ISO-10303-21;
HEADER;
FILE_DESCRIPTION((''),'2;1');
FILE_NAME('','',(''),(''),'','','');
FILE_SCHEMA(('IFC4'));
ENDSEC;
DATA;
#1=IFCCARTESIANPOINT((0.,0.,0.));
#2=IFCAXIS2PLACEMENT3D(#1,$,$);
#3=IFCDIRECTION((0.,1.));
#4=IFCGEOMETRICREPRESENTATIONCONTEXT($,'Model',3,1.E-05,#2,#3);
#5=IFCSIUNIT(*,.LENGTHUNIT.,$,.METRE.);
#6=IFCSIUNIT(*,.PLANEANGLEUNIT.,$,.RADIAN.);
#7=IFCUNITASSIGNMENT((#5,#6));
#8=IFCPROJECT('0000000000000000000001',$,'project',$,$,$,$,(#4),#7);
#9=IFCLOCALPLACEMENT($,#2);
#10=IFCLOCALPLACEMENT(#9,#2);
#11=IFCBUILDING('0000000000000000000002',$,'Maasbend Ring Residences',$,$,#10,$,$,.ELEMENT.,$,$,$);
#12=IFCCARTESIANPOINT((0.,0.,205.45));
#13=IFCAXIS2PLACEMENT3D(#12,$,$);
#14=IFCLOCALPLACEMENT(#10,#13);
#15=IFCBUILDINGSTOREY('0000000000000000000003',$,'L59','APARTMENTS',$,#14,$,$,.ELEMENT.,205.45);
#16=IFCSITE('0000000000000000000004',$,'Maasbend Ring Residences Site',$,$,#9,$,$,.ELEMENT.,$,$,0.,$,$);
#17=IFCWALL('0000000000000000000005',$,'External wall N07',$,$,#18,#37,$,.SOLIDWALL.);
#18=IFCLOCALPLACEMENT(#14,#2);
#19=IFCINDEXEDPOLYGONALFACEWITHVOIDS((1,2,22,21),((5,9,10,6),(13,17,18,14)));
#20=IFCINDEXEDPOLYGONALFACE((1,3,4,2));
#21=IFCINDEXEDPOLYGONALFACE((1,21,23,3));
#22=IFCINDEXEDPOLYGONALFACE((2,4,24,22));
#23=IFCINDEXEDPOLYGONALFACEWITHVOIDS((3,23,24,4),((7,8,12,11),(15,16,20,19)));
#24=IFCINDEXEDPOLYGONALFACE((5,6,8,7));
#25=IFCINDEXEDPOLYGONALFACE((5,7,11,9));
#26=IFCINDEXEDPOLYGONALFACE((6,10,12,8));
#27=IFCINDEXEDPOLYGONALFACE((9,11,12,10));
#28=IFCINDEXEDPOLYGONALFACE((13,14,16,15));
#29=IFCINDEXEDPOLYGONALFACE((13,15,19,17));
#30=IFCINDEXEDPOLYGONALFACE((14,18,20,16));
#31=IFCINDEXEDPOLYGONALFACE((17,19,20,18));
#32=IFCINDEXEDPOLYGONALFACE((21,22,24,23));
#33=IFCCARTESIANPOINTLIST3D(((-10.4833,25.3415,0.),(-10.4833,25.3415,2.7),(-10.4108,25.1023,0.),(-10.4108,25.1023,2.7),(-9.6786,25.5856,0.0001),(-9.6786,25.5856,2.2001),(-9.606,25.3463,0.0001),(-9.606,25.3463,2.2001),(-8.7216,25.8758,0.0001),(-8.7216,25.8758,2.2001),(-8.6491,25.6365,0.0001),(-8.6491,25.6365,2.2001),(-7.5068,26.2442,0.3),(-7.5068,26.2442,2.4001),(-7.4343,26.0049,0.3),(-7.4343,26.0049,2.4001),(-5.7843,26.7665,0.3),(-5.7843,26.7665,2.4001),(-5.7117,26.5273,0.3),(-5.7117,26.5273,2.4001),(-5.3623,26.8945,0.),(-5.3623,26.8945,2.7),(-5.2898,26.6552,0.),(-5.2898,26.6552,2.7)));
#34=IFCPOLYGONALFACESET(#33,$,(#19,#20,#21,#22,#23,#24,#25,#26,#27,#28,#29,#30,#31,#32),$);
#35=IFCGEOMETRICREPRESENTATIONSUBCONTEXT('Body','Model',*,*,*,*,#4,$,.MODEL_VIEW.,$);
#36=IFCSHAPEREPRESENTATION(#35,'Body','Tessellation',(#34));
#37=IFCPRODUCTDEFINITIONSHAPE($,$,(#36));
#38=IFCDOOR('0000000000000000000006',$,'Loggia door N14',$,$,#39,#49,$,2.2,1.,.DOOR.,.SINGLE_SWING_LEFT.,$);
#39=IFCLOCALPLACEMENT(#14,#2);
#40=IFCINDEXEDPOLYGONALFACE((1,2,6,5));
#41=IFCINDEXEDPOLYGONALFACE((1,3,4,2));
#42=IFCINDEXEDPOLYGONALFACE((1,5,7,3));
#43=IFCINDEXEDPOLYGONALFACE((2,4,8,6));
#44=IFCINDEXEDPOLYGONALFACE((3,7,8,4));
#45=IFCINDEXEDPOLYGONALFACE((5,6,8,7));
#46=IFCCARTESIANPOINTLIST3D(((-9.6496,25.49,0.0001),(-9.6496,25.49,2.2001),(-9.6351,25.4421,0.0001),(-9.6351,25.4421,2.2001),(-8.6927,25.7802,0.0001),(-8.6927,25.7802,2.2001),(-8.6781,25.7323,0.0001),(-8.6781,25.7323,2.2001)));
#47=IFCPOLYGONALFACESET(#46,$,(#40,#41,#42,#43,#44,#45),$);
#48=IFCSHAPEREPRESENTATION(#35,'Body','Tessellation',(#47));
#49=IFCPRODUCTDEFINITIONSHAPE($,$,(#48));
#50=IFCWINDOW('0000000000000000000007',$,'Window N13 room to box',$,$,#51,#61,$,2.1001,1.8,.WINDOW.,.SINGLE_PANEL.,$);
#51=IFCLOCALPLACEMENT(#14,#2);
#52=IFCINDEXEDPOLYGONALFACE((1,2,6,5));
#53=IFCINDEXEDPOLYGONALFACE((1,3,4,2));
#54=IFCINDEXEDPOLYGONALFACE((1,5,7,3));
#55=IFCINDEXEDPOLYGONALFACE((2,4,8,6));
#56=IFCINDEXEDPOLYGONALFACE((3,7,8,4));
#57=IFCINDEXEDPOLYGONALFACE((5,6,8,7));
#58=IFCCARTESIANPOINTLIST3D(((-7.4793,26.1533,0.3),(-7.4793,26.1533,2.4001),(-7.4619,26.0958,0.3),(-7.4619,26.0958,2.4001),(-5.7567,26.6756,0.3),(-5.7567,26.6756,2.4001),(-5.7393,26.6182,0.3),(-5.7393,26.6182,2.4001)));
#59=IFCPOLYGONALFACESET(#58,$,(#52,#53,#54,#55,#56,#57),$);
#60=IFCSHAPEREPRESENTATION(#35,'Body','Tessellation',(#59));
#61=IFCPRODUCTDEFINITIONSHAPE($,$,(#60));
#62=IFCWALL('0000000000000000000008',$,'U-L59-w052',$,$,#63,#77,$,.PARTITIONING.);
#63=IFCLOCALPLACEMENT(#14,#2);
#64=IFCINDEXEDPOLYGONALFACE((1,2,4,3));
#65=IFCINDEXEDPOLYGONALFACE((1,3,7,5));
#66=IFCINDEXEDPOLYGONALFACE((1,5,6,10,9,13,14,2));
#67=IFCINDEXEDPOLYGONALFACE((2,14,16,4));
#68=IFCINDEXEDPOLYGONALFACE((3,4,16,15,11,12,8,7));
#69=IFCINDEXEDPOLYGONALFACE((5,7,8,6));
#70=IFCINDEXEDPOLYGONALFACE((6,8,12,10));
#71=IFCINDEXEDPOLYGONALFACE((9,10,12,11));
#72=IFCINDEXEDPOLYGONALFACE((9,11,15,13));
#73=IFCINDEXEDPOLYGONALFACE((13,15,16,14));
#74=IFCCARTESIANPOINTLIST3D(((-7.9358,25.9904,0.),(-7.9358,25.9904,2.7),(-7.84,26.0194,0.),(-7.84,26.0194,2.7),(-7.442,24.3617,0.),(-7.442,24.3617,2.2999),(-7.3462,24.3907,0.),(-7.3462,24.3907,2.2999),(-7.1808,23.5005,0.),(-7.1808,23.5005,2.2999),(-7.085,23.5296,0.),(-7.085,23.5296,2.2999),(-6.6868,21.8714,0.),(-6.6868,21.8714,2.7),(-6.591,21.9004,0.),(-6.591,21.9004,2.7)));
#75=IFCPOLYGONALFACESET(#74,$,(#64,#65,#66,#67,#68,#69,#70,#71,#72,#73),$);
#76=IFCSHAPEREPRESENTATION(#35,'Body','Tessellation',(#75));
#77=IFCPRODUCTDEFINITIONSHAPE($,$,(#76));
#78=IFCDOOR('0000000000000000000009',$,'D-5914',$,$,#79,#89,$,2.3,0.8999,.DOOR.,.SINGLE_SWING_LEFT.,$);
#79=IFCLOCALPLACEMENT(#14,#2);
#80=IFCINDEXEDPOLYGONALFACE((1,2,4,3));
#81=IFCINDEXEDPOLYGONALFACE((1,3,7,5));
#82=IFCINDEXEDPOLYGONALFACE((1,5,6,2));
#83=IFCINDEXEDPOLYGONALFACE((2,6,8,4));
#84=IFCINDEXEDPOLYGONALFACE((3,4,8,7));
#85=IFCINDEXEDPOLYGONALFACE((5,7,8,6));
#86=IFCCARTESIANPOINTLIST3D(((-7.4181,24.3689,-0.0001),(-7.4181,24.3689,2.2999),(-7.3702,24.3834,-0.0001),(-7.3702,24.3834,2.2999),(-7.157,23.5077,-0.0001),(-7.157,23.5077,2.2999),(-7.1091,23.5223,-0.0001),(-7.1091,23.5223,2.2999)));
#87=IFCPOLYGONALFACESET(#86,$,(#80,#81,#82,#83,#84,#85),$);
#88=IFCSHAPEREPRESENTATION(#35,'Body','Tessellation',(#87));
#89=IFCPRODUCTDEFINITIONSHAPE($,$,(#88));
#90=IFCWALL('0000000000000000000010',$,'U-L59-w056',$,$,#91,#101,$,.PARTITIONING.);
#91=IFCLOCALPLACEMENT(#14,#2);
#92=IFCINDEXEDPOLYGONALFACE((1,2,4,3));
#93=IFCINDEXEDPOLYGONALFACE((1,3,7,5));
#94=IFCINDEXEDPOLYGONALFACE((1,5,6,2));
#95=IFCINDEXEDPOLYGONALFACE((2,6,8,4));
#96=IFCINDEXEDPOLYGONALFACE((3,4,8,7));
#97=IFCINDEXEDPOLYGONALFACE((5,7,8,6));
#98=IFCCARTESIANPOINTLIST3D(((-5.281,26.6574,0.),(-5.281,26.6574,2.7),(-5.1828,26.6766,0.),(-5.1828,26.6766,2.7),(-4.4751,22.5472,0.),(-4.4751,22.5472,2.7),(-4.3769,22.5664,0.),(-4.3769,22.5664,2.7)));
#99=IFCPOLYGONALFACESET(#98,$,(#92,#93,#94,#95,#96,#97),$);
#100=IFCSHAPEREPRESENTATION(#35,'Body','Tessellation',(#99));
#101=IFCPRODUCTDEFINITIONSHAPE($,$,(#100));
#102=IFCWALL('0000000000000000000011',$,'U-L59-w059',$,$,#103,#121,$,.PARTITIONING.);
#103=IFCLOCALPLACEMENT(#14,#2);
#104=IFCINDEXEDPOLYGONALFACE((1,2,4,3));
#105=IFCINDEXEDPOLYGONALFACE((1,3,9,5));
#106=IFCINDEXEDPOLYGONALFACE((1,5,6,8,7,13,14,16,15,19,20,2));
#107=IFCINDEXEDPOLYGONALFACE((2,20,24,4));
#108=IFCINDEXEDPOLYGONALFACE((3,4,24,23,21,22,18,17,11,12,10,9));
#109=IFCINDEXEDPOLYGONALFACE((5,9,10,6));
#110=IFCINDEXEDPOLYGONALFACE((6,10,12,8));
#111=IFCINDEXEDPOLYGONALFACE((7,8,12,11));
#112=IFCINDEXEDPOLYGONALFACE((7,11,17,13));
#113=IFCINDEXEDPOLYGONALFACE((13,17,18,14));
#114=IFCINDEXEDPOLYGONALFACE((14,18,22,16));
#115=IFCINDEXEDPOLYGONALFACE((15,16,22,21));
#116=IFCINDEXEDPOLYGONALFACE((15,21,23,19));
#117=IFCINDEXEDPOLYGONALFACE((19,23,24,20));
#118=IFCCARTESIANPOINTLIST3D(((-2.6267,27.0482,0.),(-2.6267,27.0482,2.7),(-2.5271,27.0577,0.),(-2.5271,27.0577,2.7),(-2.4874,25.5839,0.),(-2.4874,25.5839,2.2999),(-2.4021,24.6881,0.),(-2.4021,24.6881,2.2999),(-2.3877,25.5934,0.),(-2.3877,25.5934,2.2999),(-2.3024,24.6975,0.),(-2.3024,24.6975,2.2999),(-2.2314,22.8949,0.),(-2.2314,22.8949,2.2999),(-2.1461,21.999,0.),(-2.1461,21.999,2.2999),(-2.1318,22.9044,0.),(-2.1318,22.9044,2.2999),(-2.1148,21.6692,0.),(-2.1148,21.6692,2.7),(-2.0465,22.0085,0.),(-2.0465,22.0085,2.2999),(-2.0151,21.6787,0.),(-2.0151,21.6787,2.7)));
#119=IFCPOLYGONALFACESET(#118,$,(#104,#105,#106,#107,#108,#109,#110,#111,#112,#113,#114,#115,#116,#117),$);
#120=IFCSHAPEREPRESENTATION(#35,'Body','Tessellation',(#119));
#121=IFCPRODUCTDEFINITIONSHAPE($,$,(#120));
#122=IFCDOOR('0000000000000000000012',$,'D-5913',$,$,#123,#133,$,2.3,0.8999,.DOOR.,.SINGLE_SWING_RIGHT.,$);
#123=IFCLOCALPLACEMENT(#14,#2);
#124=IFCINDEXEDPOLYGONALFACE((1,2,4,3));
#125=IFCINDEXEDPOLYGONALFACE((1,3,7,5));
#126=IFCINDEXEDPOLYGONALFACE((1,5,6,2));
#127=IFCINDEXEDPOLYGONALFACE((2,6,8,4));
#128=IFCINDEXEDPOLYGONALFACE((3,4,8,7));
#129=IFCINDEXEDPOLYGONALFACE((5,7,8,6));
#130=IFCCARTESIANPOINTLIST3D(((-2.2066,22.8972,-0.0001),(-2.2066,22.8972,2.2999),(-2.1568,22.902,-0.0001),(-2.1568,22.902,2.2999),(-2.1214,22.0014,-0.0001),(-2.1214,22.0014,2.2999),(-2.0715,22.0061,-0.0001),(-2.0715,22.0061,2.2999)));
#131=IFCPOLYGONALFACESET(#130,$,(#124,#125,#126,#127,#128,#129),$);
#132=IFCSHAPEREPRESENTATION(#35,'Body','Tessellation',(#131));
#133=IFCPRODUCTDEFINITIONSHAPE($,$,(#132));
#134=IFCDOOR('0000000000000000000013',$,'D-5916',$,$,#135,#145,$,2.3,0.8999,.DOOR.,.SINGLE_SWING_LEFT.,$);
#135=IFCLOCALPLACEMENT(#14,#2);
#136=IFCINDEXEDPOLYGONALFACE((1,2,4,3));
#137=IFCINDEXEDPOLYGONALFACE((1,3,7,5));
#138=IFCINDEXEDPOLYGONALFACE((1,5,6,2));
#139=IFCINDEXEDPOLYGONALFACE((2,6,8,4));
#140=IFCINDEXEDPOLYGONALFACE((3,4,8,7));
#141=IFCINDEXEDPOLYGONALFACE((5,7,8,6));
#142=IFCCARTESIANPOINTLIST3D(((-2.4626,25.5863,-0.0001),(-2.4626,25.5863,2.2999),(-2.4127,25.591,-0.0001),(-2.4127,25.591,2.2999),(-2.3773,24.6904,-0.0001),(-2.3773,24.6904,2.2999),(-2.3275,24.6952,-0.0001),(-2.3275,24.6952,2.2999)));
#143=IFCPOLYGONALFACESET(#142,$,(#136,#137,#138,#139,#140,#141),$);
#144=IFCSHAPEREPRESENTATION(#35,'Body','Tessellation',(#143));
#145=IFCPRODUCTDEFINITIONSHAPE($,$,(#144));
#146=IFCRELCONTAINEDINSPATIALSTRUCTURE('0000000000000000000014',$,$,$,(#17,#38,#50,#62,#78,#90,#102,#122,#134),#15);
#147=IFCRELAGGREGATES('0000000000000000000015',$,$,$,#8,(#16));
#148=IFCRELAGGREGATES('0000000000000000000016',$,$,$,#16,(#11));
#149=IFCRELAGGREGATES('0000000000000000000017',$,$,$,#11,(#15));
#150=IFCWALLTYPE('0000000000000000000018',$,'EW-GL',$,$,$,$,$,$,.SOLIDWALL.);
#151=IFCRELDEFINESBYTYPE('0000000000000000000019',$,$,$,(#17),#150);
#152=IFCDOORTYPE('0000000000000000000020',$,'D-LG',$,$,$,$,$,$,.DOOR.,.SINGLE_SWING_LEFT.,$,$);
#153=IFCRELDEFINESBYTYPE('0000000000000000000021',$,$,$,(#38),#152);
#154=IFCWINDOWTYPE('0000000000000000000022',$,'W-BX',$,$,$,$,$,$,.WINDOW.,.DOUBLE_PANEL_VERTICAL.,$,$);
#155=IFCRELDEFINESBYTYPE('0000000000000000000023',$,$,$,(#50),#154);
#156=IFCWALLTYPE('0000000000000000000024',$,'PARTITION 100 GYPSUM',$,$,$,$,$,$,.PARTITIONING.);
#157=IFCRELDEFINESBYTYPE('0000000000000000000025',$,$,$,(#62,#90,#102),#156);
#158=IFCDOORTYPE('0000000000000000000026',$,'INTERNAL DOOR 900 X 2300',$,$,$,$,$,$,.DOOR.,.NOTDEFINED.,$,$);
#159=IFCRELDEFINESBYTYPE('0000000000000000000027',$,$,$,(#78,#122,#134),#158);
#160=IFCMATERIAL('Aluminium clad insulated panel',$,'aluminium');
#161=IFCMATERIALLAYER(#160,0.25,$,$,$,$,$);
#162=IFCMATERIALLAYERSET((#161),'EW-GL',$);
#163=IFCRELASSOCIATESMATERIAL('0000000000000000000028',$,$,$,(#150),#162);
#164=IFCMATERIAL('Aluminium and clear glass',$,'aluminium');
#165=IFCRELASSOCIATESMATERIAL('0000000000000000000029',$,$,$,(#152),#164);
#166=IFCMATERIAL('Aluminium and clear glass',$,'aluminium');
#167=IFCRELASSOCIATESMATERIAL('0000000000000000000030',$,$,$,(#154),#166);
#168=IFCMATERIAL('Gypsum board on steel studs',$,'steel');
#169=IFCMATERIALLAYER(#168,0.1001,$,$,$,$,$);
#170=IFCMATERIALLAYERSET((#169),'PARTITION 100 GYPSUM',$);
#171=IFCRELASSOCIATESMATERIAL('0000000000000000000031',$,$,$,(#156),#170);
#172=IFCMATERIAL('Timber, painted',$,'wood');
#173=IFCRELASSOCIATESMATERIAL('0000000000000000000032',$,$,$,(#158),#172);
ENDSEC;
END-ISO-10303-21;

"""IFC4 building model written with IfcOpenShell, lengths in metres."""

from ifc_helpers import new_model, si_unit, direction, frame, frame_2d, origin, place, context, subcontext, project, spatial, rectangle, extrude, material, layer, layer_set, type_object, element, fill, save


model = new_model("IFC4")

# Units and contexts
model_context = context("Model", 3, precision=1e-05, world=origin(), true_north=direction((0.0, 1.0)))
body_context = subcontext(model_context, "Body", "Model", "MODEL_VIEW")
ifc_project = project(units=[si_unit("LENGTHUNIT", "METRE"), si_unit("PLANEANGLEUNIT", "RADIAN")], contexts=[model_context])

# Site, building, storey
site_placement = place(None, origin())
site = spatial("IfcSite", under=ifc_project, at=site_placement, Name="Maasbend Ring Residences Site", CompositionType="ELEMENT", RefElevation=0.0)
building_placement = place(site_placement, origin())
building = spatial("IfcBuilding", under=site, at=building_placement, Name="Maasbend Ring Residences", CompositionType="ELEMENT")
storey_placement = place(building_placement, frame((0.0, 0.0, 205.45)))
storey = spatial("IfcBuildingStorey", under=building, at=storey_placement, Name="L59", Description="APARTMENTS", CompositionType="ELEMENT", Elevation=205.45)

# Wall, openings, door, window
ifc_material_1 = material(Name="Aluminium clad insulated panel", Category="aluminium")
ifc_layer_1 = layer(ifc_material_1, 0.25)
ifc_layer_set_1 = layer_set([ifc_layer_1], Name="EW-GL")
wall_type_1 = type_object("IfcWallType", Name="EW-GL", PredefinedType="SOLIDWALL", material=ifc_layer_set_1)
wall_1_placement = place(storey_placement, frame((-5.3259, 26.7749, 0.0), z_axis=(0.0, 0.0, 1.0), x_axis=(-0.956966, -0.290201, 0.0)))
wall_1 = element("IfcWall", 1, at=wall_1_placement, inside=storey, type_object=wall_type_1, Name="External wall N07", PredefinedType="SOLIDWALL", context=body_context, shape_type="SweptSolid", body=[
    extrude(rectangle(XDim=5.3513, YDim=0.25, at=frame_2d((2.6758, 0.0))), origin(), (0.0, 0.0, 1.0), 2.7),
])
opening_1_placement = place(wall_1_placement, frame((0.4412, 0.0, 0.3)))
opening_1 = element("IfcOpeningElement", 2, at=opening_1_placement, cuts=wall_1, PredefinedType="OPENING", context=body_context, shape_type="SweptSolid", body=[
    extrude(rectangle(XDim=1.8, YDim=2.1001, at=frame_2d((0.8999, 1.05))), frame((0.0, 0.135, 0.0), z_axis=(0.0, -1.0, 0.0), x_axis=(1.0, 0.0, 0.0)), (0.0, 0.0, 1.0), 0.27),
])
opening_2_placement = place(wall_1_placement, frame((3.5105, 0.0, 0.0)))
opening_2 = element("IfcOpeningElement", 3, at=opening_2_placement, cuts=wall_1, PredefinedType="OPENING", context=body_context, shape_type="SweptSolid", body=[
    extrude(rectangle(XDim=1.0, YDim=2.2, at=frame_2d((0.5, 1.1001))), frame((0.0, 0.135, 0.0), z_axis=(0.0, -1.0, 0.0), x_axis=(1.0, 0.0, 0.0)), (0.0, 0.0, 1.0), 0.27),
])
ifc_material_2 = material(Name="Aluminium and clear glass", Category="aluminium")
door_type_1 = type_object("IfcDoorType", Name="D-LG", OperationType="SINGLE_SWING_LEFT", PredefinedType="DOOR", material=ifc_material_2)
door_1_placement = place(opening_2_placement, origin())
door_1 = element("IfcDoor", 4, at=door_1_placement, inside=storey, type_object=door_type_1, Name="Loggia door N14", OperationType="SINGLE_SWING_LEFT", OverallHeight=2.2, OverallWidth=1.0, PredefinedType="DOOR", context=body_context, shape_type="SweptSolid", body=[
    extrude(rectangle(XDim=1.0, YDim=2.2, at=frame_2d((0.5, 1.1001))), frame((0.0, 0.0249, 0.0), z_axis=(0.0, -1.0, 0.0), x_axis=(1.0, 0.0, 0.0)), (0.0, 0.0, 1.0), 0.05),
])
fill(opening_2, door_1)
ifc_material_3 = material(Name="Aluminium and clear glass", Category="aluminium")
window_type_1 = type_object("IfcWindowType", Name="W-BX", PartitioningType="DOUBLE_PANEL_VERTICAL", PredefinedType="WINDOW", material=ifc_material_3)
window_1_placement = place(opening_1_placement, origin())
window_1 = element("IfcWindow", 5, at=window_1_placement, inside=storey, type_object=window_type_1, Name="Window N13 room to box", OverallHeight=2.1001, OverallWidth=1.8, PartitioningType="SINGLE_PANEL", PredefinedType="WINDOW", context=body_context, shape_type="SweptSolid", body=[
    extrude(rectangle(XDim=1.8, YDim=2.1001, at=frame_2d((0.8999, 1.05))), frame((0.0, 0.03, 0.0), z_axis=(0.0, -1.0, 0.0), x_axis=(1.0, 0.0, 0.0)), (0.0, 0.0, 1.0), 0.0601),
])
fill(opening_1, window_1)

# Wall, opening, door
ifc_material_4 = material(Name="Gypsum board on steel studs", Category="steel")
ifc_layer_2 = layer(ifc_material_4, 0.1001)
ifc_layer_set_2 = layer_set([ifc_layer_2], Name="PARTITION 100 GYPSUM")
wall_type_2 = type_object("IfcWallType", Name="PARTITION 100 GYPSUM", PredefinedType="PARTITIONING", material=ifc_layer_set_2)
wall_2_placement = place(storey_placement, frame((-7.8879, 26.0049, 0.0), z_axis=(0.0, 0.0, 1.0), x_axis=(0.290193, -0.956968, 0.0)))
wall_2 = element("IfcWall", 6, at=wall_2_placement, inside=storey, type_object=wall_type_2, Name="U-L59-w052", PredefinedType="PARTITIONING", context=body_context, shape_type="SweptSolid", body=[
    extrude(rectangle(XDim=4.3042, YDim=0.1001, at=frame_2d((2.1521, 0.0))), origin(), (0.0, 0.0, 1.0), 2.7),
])
opening_3_placement = place(wall_2_placement, frame((1.7019, 0.0, 0.0)))
opening_3 = element("IfcOpeningElement", 7, at=opening_3_placement, cuts=wall_2, PredefinedType="OPENING", context=body_context, shape_type="SweptSolid", body=[
    extrude(rectangle(XDim=0.8999, YDim=2.3, at=frame_2d((0.45, 1.1499))), frame((0.0, 0.0601, 0.0), z_axis=(0.0, -1.0, 0.0), x_axis=(1.0, 0.0, 0.0)), (0.0, 0.0, 1.0), 0.1201),
])
ifc_material_5 = material(Name="Timber, painted", Category="wood")
door_type_2 = type_object("IfcDoorType", Name="INTERNAL DOOR 900 X 2300", OperationType="NOTDEFINED", PredefinedType="DOOR", material=ifc_material_5)
door_2_placement = place(opening_3_placement, origin())
door_2 = element("IfcDoor", 8, at=door_2_placement, inside=storey, type_object=door_type_2, Name="D-5914", OperationType="SINGLE_SWING_LEFT", OverallHeight=2.3, OverallWidth=0.8999, PredefinedType="DOOR", context=body_context, shape_type="SweptSolid", body=[
    extrude(rectangle(XDim=0.8999, YDim=2.3, at=frame_2d((0.45, 1.1499))), frame((0.0, 0.0249, 0.0), z_axis=(0.0, -1.0, 0.0), x_axis=(1.0, 0.0, 0.0)), (0.0, 0.0, 1.0), 0.05),
])
fill(opening_3, door_2)

# Wall
wall_3_placement = place(storey_placement, frame((-5.2319, 26.667, 0.0), z_axis=(0.0, 0.0, 1.0), x_axis=(0.192416, -0.981314, 0.0)))
element("IfcWall", 9, at=wall_3_placement, inside=storey, type_object=wall_type_2, Name="U-L59-w056", PredefinedType="PARTITIONING", context=body_context, shape_type="SweptSolid", body=[
    extrude(rectangle(XDim=4.1885, YDim=0.1001, at=frame_2d((2.0942, 0.0))), origin(), (0.0, 0.0, 1.0), 2.7),
])

# Wall, openings, doors
wall_4_placement = place(storey_placement, frame((-2.5769, 27.053, 0.0), z_axis=(0.0, 0.0, 1.0), x_axis=(0.094752, -0.995501, 0.0)))
wall_4 = element("IfcWall", 10, at=wall_4_placement, inside=storey, type_object=wall_type_2, Name="U-L59-w059", PredefinedType="PARTITIONING", context=body_context, shape_type="SweptSolid", body=[
    extrude(rectangle(XDim=5.4033, YDim=0.1001, at=frame_2d((2.7017, 0.0))), origin(), (0.0, 0.0, 1.0), 2.7),
])
opening_4_placement = place(wall_4_placement, frame((4.1721, 0.0, 0.0)))
opening_4 = element("IfcOpeningElement", 11, at=opening_4_placement, cuts=wall_4, PredefinedType="OPENING", context=body_context, shape_type="SweptSolid", body=[
    extrude(rectangle(XDim=0.8999, YDim=2.3, at=frame_2d((0.45, 1.1499))), frame((0.0, 0.0601, 0.0), z_axis=(0.0, -1.0, 0.0), x_axis=(1.0, 0.0, 0.0)), (0.0, 0.0, 1.0), 0.1201),
])
opening_5_placement = place(wall_4_placement, frame((1.4709, 0.0, 0.0)))
opening_5 = element("IfcOpeningElement", 12, at=opening_5_placement, cuts=wall_4, PredefinedType="OPENING", context=body_context, shape_type="SweptSolid", body=[
    extrude(rectangle(XDim=0.8999, YDim=2.3, at=frame_2d((0.45, 1.1499))), frame((0.0, 0.0601, 0.0), z_axis=(0.0, -1.0, 0.0), x_axis=(1.0, 0.0, 0.0)), (0.0, 0.0, 1.0), 0.1201),
])
door_3_placement = place(opening_4_placement, origin())
door_3 = element("IfcDoor", 13, at=door_3_placement, inside=storey, type_object=door_type_2, Name="D-5913", OperationType="SINGLE_SWING_RIGHT", OverallHeight=2.3, OverallWidth=0.8999, PredefinedType="DOOR", context=body_context, shape_type="SweptSolid", body=[
    extrude(rectangle(XDim=0.8999, YDim=2.3, at=frame_2d((0.45, 1.1499))), frame((0.0, 0.0249, 0.0), z_axis=(0.0, -1.0, 0.0), x_axis=(1.0, 0.0, 0.0)), (0.0, 0.0, 1.0), 0.05),
])
fill(opening_4, door_3)
door_4_placement = place(opening_5_placement, origin())
door_4 = element("IfcDoor", 14, at=door_4_placement, inside=storey, type_object=door_type_2, Name="D-5916", OperationType="SINGLE_SWING_LEFT", OverallHeight=2.3, OverallWidth=0.8999, PredefinedType="DOOR", context=body_context, shape_type="SweptSolid", body=[
    extrude(rectangle(XDim=0.8999, YDim=2.3, at=frame_2d((0.45, 1.1499))), frame((0.0, 0.0249, 0.0), z_axis=(0.0, -1.0, 0.0), x_axis=(1.0, 0.0, 0.0)), (0.0, 0.0, 1.0), 0.05),
])
fill(opening_5, door_4)

save(model, "model.ifc")
